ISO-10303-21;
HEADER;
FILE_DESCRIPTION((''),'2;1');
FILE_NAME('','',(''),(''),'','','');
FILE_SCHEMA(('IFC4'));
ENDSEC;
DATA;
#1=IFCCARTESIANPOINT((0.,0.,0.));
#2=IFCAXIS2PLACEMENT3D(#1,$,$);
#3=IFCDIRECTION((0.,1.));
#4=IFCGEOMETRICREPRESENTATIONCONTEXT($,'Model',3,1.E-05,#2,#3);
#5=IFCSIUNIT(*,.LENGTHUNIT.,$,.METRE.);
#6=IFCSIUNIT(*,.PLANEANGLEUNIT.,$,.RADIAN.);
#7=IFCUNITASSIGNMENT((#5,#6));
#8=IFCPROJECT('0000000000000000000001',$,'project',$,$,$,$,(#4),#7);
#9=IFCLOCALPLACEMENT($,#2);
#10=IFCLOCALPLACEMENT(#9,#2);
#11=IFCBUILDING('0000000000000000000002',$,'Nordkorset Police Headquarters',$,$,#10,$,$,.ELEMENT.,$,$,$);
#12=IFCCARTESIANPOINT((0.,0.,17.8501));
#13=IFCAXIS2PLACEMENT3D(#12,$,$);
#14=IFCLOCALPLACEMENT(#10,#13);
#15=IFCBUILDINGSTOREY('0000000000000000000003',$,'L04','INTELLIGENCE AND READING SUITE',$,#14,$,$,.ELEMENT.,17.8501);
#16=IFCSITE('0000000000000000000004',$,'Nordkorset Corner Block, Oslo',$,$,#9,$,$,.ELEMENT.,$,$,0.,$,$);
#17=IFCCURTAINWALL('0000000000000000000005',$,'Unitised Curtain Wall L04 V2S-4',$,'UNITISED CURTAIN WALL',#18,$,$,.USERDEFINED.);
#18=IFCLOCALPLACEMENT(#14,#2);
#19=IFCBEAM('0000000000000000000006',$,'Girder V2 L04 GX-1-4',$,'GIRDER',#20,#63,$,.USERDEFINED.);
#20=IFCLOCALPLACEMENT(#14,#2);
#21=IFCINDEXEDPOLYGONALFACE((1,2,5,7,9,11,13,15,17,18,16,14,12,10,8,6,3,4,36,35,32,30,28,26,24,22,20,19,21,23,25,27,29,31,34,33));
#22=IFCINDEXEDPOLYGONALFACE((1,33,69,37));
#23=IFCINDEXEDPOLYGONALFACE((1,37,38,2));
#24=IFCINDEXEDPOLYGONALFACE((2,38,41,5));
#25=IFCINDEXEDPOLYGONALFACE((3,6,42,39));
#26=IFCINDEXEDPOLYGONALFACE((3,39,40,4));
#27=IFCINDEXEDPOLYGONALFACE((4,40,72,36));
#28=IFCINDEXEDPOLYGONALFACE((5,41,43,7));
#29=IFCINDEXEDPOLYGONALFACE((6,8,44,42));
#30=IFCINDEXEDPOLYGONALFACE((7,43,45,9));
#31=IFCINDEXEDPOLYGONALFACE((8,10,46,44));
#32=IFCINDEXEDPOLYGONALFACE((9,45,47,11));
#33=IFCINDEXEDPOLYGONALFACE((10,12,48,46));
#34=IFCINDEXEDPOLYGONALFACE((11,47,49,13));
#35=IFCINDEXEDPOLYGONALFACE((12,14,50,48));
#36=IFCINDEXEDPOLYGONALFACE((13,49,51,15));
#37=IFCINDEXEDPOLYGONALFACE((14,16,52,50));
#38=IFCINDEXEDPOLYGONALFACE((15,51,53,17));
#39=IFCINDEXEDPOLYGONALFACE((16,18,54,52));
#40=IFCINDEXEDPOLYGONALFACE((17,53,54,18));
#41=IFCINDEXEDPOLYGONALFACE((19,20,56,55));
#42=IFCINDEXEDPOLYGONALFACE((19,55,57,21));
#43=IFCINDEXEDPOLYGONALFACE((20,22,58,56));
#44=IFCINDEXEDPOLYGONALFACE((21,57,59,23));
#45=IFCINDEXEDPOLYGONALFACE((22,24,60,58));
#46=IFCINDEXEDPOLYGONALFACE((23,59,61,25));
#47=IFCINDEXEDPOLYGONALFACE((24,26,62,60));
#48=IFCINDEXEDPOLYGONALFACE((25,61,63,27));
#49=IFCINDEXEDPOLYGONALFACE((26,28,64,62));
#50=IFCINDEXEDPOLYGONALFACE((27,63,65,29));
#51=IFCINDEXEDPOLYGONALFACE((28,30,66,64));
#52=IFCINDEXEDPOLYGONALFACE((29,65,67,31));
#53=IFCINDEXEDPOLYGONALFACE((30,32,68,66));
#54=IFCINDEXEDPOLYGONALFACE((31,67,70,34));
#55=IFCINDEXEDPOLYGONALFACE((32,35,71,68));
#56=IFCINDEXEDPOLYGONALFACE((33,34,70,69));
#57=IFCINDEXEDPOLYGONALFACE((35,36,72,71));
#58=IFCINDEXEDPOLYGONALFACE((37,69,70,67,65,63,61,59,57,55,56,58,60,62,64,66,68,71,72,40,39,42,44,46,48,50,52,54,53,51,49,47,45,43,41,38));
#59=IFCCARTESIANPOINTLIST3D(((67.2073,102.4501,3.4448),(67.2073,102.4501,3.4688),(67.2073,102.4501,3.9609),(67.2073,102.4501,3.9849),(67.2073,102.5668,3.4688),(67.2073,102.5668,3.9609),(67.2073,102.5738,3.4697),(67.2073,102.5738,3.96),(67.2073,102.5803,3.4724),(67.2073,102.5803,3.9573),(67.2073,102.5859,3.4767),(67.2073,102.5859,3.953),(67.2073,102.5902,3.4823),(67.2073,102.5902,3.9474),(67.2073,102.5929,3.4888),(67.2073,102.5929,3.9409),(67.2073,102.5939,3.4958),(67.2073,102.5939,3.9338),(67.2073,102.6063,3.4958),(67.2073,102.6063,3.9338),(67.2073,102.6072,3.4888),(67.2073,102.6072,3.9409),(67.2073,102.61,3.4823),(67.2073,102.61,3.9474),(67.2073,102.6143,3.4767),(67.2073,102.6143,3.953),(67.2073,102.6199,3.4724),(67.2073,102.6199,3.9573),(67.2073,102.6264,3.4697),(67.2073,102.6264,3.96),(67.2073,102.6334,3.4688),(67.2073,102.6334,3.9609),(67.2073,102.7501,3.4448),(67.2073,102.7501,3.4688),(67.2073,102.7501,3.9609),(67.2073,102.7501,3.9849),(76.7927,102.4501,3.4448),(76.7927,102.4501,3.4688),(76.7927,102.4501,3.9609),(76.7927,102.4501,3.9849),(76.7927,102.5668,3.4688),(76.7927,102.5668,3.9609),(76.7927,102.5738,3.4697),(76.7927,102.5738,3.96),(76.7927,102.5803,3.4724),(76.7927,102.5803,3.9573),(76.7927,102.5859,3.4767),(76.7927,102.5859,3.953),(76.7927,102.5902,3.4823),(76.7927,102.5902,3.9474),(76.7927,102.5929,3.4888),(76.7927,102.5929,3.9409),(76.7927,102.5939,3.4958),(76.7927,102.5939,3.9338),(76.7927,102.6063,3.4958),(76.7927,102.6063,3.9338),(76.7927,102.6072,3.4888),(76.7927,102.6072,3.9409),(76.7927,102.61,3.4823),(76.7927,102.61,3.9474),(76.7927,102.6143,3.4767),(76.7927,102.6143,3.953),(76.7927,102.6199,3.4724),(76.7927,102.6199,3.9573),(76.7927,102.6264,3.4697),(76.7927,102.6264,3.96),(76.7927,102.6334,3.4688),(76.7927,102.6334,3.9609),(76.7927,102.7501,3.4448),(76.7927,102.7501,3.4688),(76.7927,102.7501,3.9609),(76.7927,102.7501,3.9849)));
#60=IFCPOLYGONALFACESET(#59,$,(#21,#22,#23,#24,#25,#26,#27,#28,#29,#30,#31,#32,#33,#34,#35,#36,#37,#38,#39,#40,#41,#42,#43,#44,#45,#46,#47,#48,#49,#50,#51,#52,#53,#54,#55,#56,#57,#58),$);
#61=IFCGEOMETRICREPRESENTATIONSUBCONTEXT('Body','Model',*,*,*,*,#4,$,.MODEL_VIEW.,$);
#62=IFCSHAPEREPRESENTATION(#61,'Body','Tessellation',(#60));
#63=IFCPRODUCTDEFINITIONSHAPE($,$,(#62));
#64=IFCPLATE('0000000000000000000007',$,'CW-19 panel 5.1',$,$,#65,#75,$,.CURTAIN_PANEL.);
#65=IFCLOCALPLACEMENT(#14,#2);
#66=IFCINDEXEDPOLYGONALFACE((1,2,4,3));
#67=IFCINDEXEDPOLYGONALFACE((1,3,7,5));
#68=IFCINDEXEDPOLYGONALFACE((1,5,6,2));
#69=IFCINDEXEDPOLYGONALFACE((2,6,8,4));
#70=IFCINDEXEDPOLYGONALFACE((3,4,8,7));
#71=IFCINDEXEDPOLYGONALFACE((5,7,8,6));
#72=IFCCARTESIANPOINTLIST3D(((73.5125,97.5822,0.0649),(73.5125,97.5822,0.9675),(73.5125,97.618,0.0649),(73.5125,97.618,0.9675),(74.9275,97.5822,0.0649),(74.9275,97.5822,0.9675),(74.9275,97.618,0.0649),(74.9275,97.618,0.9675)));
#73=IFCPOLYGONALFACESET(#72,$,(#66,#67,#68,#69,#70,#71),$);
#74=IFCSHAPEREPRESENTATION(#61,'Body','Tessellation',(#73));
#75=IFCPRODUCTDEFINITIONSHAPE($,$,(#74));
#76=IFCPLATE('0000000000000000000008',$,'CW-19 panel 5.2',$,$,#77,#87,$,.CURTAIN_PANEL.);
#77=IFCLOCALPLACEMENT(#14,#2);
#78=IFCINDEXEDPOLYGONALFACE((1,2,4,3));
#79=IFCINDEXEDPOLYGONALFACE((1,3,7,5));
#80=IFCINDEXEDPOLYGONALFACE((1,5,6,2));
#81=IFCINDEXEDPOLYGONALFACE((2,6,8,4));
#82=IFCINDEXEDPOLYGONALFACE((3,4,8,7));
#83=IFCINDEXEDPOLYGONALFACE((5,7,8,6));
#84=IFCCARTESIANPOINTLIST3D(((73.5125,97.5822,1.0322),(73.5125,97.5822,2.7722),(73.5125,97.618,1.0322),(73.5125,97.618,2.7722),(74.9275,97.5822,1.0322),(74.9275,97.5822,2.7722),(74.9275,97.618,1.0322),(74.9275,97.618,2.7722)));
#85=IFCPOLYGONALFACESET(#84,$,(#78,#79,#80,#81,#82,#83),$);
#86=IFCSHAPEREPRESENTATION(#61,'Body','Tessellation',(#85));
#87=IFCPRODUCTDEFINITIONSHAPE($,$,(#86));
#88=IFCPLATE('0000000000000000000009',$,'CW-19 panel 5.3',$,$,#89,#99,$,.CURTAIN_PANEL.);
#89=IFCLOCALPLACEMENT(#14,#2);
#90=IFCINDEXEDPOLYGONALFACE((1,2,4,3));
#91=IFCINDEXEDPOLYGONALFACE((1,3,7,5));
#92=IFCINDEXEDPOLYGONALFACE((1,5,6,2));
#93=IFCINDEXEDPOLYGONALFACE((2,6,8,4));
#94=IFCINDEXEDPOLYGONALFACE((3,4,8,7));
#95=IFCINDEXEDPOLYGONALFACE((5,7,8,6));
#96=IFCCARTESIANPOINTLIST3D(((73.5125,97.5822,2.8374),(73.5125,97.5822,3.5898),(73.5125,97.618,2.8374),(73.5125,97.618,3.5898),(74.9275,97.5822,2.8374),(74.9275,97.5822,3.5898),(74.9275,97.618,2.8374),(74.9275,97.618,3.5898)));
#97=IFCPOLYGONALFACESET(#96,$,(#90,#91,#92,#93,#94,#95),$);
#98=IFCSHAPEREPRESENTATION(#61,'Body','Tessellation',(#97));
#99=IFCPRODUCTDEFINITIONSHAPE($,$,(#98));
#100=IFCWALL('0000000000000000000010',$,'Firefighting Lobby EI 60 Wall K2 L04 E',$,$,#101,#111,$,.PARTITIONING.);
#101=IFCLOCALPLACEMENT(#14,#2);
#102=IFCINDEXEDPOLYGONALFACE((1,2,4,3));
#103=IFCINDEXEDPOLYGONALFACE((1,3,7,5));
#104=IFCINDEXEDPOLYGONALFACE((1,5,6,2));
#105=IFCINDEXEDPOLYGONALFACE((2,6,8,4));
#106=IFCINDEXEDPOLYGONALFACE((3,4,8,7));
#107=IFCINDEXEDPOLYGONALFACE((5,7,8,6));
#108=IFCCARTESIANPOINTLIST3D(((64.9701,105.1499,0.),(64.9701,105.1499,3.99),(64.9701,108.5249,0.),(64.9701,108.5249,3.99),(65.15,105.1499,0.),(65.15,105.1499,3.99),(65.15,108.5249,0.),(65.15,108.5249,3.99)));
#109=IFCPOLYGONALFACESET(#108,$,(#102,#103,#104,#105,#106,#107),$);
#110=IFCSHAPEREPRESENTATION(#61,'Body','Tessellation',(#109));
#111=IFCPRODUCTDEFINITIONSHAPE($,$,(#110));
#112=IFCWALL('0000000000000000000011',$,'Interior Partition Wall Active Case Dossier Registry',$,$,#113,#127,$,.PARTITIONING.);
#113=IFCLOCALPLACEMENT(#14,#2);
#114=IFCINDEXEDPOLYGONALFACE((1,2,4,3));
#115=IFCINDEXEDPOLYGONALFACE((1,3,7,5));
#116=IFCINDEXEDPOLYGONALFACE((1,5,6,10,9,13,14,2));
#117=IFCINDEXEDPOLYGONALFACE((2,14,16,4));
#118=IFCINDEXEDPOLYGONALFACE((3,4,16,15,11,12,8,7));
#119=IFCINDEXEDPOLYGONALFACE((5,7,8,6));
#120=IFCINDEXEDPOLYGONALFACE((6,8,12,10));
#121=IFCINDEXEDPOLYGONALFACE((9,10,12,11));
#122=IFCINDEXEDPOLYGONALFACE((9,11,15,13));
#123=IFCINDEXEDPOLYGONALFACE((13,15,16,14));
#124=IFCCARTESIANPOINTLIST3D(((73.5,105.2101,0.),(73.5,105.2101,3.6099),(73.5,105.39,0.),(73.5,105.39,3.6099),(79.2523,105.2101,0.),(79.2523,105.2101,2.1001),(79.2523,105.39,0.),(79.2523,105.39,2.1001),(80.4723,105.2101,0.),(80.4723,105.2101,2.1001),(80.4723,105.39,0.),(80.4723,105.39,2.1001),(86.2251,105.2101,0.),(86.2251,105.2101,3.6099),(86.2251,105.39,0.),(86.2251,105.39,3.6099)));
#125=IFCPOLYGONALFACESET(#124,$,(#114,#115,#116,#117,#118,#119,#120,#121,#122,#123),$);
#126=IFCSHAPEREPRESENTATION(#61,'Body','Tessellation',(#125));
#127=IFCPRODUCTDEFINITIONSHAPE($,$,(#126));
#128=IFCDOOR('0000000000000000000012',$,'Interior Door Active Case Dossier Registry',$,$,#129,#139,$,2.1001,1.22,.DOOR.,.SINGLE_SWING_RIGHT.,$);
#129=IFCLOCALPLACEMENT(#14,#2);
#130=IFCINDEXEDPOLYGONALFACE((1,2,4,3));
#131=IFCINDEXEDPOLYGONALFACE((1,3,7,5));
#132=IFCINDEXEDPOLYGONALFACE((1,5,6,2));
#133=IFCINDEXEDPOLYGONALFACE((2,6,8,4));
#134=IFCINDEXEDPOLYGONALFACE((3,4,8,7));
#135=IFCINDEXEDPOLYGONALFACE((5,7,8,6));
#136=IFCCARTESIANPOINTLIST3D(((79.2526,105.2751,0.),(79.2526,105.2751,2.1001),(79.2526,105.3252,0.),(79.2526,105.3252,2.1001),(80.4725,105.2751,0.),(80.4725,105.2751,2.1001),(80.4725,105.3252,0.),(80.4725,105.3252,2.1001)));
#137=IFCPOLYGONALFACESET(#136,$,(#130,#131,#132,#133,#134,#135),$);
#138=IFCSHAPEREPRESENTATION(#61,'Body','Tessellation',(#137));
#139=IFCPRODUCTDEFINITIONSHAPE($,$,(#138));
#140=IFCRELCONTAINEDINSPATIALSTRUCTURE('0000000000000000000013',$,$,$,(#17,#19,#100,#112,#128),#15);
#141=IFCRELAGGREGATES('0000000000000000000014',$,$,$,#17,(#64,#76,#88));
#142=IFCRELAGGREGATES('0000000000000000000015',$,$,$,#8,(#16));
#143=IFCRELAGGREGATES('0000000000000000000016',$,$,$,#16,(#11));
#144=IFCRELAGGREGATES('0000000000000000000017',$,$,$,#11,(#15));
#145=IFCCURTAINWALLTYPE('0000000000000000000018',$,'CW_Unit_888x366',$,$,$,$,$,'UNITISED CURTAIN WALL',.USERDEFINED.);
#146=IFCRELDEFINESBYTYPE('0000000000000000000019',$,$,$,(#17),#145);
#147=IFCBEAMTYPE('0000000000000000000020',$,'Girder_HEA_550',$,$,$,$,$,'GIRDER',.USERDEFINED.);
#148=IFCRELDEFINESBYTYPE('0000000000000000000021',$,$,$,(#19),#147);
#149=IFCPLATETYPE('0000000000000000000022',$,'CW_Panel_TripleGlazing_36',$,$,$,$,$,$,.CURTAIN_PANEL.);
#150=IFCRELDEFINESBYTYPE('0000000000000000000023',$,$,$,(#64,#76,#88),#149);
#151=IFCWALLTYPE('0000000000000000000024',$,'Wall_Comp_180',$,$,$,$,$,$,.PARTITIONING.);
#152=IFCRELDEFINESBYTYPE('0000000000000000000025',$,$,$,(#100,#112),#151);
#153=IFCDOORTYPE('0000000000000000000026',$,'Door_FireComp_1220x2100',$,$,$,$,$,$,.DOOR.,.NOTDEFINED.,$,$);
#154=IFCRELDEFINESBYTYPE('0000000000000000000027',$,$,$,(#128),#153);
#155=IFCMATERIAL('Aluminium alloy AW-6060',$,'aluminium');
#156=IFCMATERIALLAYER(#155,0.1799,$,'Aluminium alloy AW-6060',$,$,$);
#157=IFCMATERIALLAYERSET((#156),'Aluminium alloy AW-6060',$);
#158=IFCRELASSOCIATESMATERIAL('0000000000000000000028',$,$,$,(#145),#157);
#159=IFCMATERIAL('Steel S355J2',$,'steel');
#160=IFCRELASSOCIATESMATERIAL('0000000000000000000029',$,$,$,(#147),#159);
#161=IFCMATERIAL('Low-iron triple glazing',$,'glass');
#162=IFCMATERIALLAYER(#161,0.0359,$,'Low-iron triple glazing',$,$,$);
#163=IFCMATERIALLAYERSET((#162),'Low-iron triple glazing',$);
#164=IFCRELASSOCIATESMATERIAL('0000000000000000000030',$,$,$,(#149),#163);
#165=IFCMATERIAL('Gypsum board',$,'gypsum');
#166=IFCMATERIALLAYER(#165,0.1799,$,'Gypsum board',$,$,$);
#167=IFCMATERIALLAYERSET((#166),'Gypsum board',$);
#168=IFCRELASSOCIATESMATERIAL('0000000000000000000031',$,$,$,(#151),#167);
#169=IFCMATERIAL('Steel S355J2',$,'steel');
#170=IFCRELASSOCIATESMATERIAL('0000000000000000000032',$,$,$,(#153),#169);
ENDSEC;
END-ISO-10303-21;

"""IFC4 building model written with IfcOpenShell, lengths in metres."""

from ifc_helpers import new_model, si_unit, direction, frame, frame_2d, origin, origin_2d, place, context, subcontext, project, spatial, rectangle, i_section, extrude, material, layer, layer_set, material_profile, profile_set, type_object, element, fill, aggregate, save


model = new_model("IFC4")

# Units and contexts
model_context = context("Model", 3, precision=1e-05, world=origin(), true_north=direction((0.0, 1.0)))
body_context = subcontext(model_context, "Body", "Model", "MODEL_VIEW")
ifc_project = project(units=[si_unit("LENGTHUNIT", "METRE"), si_unit("PLANEANGLEUNIT", "RADIAN")], contexts=[model_context])

# Site, building, storey
site_placement = place(None, origin())
site = spatial("IfcSite", under=ifc_project, at=site_placement, Name="Nordkorset Corner Block, Oslo", CompositionType="ELEMENT", RefElevation=0.0)
building_placement = place(site_placement, origin())
building = spatial("IfcBuilding", under=site, at=building_placement, Name="Nordkorset Police Headquarters", CompositionType="ELEMENT")
storey_placement = place(building_placement, frame((0.0, 0.0, 17.8501)))
storey = spatial("IfcBuildingStorey", under=building, at=storey_placement, Name="L04", Description="INTELLIGENCE AND READING SUITE", CompositionType="ELEMENT", Elevation=17.8501)

# Curtain wall
ifc_material_1 = material(Name="Aluminium alloy AW-6060", Category="aluminium")
ifc_layer_1 = layer(ifc_material_1, 0.1799, Name="Aluminium alloy AW-6060")
ifc_layer_set_1 = layer_set([ifc_layer_1], Name="Aluminium alloy AW-6060")
curtain_wall_type = type_object("IfcCurtainWallType", Name="CW_Unit_888x366", ElementType="UNITISED CURTAIN WALL", PredefinedType="USERDEFINED", material=ifc_layer_set_1)
curtain_wall_placement = place(storey_placement, origin())
curtain_wall = element("IfcCurtainWall", 1, at=curtain_wall_placement, inside=storey, type_object=curtain_wall_type, Name="Unitised Curtain Wall L04 V2S-4", ObjectType="UNITISED CURTAIN WALL", PredefinedType="USERDEFINED")

# Beam
ifc_material_2 = material(Name="Steel S355J2", Category="steel")
ifc_material_profile_1 = material_profile(ifc_material_2, i_section(OverallWidth=0.3, OverallDepth=0.54, WebThickness=0.0125, FlangeThickness=0.0239, FilletRadius=0.0271, at=origin_2d()), Name="HEA 550")
ifc_profile_set_1 = profile_set([ifc_material_profile_1], Name="Steel S355J2")
beam_type_1 = type_object("IfcBeamType", Name="Girder_HEA_550", ElementType="GIRDER", PredefinedType="USERDEFINED", material=ifc_profile_set_1)
beam_1_placement = place(storey_placement, frame((67.2073, 102.6001, 3.7148), z_axis=(1.0, 0.0, 0.0), x_axis=(0.0, 1.0, 0.0)))
element("IfcBeam", 2, at=beam_1_placement, inside=storey, type_object=beam_type_1, Name="Girder V2 L04 GX-1-4", ObjectType="GIRDER", PredefinedType="USERDEFINED", context=body_context, shape_type="SweptSolid", body=[
    extrude(i_section(OverallWidth=0.3, OverallDepth=0.54, WebThickness=0.0125, FlangeThickness=0.0239, FilletRadius=0.0271, at=origin_2d()), origin(), (0.0, 0.0, 1.0), 9.5854),
])

# Plates
ifc_material_3 = material(Name="Low-iron triple glazing", Category="glass")
ifc_layer_2 = layer(ifc_material_3, 0.0359, Name="Low-iron triple glazing")
ifc_layer_set_2 = layer_set([ifc_layer_2], Name="Low-iron triple glazing")
plate_type = type_object("IfcPlateType", Name="CW_Panel_TripleGlazing_36", PredefinedType="CURTAIN_PANEL", material=ifc_layer_set_2)
plate_1_placement = place(storey_placement, frame((74.22, 97.6001, 0.0649), z_axis=(0.0, 0.0, 1.0), x_axis=(1.0, 0.0, 0.0)))
plate_1 = element("IfcPlate", 3, at=plate_1_placement, type_object=plate_type, Name="CW-19 panel 5.1", PredefinedType="CURTAIN_PANEL", context=body_context, shape_type="SweptSolid", body=[
    extrude(rectangle(XDim=1.415, YDim=0.0359, at=origin_2d()), origin(), (0.0, 0.0, 1.0), 0.9026),
])
plate_2_placement = place(storey_placement, frame((74.22, 97.6001, 1.0322), z_axis=(0.0, 0.0, 1.0), x_axis=(1.0, 0.0, 0.0)))
plate_2 = element("IfcPlate", 4, at=plate_2_placement, type_object=plate_type, Name="CW-19 panel 5.2", PredefinedType="CURTAIN_PANEL", context=body_context, shape_type="SweptSolid", body=[
    extrude(rectangle(XDim=1.415, YDim=0.0359, at=origin_2d()), origin(), (0.0, 0.0, 1.0), 1.74),
])
plate_3_placement = place(storey_placement, frame((74.22, 97.6001, 2.8374), z_axis=(0.0, 0.0, 1.0), x_axis=(1.0, 0.0, 0.0)))
plate_3 = element("IfcPlate", 5, at=plate_3_placement, type_object=plate_type, Name="CW-19 panel 5.3", PredefinedType="CURTAIN_PANEL", context=body_context, shape_type="SweptSolid", body=[
    extrude(rectangle(XDim=1.415, YDim=0.0359, at=origin_2d()), origin(), (0.0, 0.0, 1.0), 0.7524),
])
aggregate(curtain_wall, [plate_1, plate_2, plate_3])

# Wall
ifc_material_4 = material(Name="Gypsum board", Category="gypsum")
ifc_layer_3 = layer(ifc_material_4, 0.1799, Name="Gypsum board")
ifc_layer_set_3 = layer_set([ifc_layer_3], Name="Gypsum board")
wall_type = type_object("IfcWallType", Name="Wall_Comp_180", PredefinedType="PARTITIONING", material=ifc_layer_set_3)
wall_1_placement = place(storey_placement, frame((65.0601, 105.1499, 0.0), z_axis=(0.0, 0.0, 1.0), x_axis=(0.0, 1.0, 0.0)))
element("IfcWall", 6, at=wall_1_placement, inside=storey, type_object=wall_type, Name="Firefighting Lobby EI 60 Wall K2 L04 E", PredefinedType="PARTITIONING", context=body_context, shape_type="SweptSolid", body=[
    extrude(rectangle(XDim=3.375, YDim=0.1799, at=frame_2d((1.6875, 0.0))), origin(), (0.0, 0.0, 1.0), 3.99),
])

# Wall, opening, door
wall_2_placement = place(storey_placement, frame((73.5, 105.3, 0.0), z_axis=(0.0, 0.0, 1.0), x_axis=(1.0, 0.0, 0.0)))
wall_2 = element("IfcWall", 7, at=wall_2_placement, inside=storey, type_object=wall_type, Name="Interior Partition Wall Active Case Dossier Registry", PredefinedType="PARTITIONING", context=body_context, shape_type="SweptSolid", body=[
    extrude(rectangle(XDim=12.7251, YDim=0.1799, at=frame_2d((6.3625, 0.0))), origin(), (0.0, 0.0, 1.0), 3.6099),
])
opening_placement = place(wall_2_placement, frame((5.7524, 0.0, 0.0)))
opening = element("IfcOpeningElement", 8, at=opening_placement, cuts=wall_2, PredefinedType="OPENING", context=body_context, shape_type="SweptSolid", body=[
    extrude(rectangle(XDim=1.22, YDim=2.1001, at=frame_2d((0.6099, 1.05))), frame((0.0, 0.1001, 0.0), z_axis=(0.0, -1.0, 0.0), x_axis=(1.0, 0.0, 0.0)), (0.0, 0.0, 1.0), 0.2),
])
ifc_material_5 = material(Name="Steel S355J2", Category="steel")
door_type = type_object("IfcDoorType", Name="Door_FireComp_1220x2100", OperationType="NOTDEFINED", PredefinedType="DOOR", material=ifc_material_5)
door_placement = place(opening_placement, frame((1.22, 0.0, 0.0), z_axis=(0.0, 0.0, 1.0), x_axis=(-1.0, 0.0, 0.0)))
door = element("IfcDoor", 9, at=door_placement, inside=storey, type_object=door_type, Name="Interior Door Active Case Dossier Registry", OperationType="SINGLE_SWING_RIGHT", OverallHeight=2.1001, OverallWidth=1.22, PredefinedType="DOOR", context=body_context, shape_type="SweptSolid", body=[
    extrude(rectangle(XDim=1.22, YDim=2.1001, at=frame_2d((0.6099, 1.05))), frame((0.0, 0.0249, 0.0), z_axis=(0.0, -1.0, 0.0), x_axis=(1.0, 0.0, 0.0)), (0.0, 0.0, 1.0), 0.05),
])
fill(opening, door)

save(model, "model.ifc")
